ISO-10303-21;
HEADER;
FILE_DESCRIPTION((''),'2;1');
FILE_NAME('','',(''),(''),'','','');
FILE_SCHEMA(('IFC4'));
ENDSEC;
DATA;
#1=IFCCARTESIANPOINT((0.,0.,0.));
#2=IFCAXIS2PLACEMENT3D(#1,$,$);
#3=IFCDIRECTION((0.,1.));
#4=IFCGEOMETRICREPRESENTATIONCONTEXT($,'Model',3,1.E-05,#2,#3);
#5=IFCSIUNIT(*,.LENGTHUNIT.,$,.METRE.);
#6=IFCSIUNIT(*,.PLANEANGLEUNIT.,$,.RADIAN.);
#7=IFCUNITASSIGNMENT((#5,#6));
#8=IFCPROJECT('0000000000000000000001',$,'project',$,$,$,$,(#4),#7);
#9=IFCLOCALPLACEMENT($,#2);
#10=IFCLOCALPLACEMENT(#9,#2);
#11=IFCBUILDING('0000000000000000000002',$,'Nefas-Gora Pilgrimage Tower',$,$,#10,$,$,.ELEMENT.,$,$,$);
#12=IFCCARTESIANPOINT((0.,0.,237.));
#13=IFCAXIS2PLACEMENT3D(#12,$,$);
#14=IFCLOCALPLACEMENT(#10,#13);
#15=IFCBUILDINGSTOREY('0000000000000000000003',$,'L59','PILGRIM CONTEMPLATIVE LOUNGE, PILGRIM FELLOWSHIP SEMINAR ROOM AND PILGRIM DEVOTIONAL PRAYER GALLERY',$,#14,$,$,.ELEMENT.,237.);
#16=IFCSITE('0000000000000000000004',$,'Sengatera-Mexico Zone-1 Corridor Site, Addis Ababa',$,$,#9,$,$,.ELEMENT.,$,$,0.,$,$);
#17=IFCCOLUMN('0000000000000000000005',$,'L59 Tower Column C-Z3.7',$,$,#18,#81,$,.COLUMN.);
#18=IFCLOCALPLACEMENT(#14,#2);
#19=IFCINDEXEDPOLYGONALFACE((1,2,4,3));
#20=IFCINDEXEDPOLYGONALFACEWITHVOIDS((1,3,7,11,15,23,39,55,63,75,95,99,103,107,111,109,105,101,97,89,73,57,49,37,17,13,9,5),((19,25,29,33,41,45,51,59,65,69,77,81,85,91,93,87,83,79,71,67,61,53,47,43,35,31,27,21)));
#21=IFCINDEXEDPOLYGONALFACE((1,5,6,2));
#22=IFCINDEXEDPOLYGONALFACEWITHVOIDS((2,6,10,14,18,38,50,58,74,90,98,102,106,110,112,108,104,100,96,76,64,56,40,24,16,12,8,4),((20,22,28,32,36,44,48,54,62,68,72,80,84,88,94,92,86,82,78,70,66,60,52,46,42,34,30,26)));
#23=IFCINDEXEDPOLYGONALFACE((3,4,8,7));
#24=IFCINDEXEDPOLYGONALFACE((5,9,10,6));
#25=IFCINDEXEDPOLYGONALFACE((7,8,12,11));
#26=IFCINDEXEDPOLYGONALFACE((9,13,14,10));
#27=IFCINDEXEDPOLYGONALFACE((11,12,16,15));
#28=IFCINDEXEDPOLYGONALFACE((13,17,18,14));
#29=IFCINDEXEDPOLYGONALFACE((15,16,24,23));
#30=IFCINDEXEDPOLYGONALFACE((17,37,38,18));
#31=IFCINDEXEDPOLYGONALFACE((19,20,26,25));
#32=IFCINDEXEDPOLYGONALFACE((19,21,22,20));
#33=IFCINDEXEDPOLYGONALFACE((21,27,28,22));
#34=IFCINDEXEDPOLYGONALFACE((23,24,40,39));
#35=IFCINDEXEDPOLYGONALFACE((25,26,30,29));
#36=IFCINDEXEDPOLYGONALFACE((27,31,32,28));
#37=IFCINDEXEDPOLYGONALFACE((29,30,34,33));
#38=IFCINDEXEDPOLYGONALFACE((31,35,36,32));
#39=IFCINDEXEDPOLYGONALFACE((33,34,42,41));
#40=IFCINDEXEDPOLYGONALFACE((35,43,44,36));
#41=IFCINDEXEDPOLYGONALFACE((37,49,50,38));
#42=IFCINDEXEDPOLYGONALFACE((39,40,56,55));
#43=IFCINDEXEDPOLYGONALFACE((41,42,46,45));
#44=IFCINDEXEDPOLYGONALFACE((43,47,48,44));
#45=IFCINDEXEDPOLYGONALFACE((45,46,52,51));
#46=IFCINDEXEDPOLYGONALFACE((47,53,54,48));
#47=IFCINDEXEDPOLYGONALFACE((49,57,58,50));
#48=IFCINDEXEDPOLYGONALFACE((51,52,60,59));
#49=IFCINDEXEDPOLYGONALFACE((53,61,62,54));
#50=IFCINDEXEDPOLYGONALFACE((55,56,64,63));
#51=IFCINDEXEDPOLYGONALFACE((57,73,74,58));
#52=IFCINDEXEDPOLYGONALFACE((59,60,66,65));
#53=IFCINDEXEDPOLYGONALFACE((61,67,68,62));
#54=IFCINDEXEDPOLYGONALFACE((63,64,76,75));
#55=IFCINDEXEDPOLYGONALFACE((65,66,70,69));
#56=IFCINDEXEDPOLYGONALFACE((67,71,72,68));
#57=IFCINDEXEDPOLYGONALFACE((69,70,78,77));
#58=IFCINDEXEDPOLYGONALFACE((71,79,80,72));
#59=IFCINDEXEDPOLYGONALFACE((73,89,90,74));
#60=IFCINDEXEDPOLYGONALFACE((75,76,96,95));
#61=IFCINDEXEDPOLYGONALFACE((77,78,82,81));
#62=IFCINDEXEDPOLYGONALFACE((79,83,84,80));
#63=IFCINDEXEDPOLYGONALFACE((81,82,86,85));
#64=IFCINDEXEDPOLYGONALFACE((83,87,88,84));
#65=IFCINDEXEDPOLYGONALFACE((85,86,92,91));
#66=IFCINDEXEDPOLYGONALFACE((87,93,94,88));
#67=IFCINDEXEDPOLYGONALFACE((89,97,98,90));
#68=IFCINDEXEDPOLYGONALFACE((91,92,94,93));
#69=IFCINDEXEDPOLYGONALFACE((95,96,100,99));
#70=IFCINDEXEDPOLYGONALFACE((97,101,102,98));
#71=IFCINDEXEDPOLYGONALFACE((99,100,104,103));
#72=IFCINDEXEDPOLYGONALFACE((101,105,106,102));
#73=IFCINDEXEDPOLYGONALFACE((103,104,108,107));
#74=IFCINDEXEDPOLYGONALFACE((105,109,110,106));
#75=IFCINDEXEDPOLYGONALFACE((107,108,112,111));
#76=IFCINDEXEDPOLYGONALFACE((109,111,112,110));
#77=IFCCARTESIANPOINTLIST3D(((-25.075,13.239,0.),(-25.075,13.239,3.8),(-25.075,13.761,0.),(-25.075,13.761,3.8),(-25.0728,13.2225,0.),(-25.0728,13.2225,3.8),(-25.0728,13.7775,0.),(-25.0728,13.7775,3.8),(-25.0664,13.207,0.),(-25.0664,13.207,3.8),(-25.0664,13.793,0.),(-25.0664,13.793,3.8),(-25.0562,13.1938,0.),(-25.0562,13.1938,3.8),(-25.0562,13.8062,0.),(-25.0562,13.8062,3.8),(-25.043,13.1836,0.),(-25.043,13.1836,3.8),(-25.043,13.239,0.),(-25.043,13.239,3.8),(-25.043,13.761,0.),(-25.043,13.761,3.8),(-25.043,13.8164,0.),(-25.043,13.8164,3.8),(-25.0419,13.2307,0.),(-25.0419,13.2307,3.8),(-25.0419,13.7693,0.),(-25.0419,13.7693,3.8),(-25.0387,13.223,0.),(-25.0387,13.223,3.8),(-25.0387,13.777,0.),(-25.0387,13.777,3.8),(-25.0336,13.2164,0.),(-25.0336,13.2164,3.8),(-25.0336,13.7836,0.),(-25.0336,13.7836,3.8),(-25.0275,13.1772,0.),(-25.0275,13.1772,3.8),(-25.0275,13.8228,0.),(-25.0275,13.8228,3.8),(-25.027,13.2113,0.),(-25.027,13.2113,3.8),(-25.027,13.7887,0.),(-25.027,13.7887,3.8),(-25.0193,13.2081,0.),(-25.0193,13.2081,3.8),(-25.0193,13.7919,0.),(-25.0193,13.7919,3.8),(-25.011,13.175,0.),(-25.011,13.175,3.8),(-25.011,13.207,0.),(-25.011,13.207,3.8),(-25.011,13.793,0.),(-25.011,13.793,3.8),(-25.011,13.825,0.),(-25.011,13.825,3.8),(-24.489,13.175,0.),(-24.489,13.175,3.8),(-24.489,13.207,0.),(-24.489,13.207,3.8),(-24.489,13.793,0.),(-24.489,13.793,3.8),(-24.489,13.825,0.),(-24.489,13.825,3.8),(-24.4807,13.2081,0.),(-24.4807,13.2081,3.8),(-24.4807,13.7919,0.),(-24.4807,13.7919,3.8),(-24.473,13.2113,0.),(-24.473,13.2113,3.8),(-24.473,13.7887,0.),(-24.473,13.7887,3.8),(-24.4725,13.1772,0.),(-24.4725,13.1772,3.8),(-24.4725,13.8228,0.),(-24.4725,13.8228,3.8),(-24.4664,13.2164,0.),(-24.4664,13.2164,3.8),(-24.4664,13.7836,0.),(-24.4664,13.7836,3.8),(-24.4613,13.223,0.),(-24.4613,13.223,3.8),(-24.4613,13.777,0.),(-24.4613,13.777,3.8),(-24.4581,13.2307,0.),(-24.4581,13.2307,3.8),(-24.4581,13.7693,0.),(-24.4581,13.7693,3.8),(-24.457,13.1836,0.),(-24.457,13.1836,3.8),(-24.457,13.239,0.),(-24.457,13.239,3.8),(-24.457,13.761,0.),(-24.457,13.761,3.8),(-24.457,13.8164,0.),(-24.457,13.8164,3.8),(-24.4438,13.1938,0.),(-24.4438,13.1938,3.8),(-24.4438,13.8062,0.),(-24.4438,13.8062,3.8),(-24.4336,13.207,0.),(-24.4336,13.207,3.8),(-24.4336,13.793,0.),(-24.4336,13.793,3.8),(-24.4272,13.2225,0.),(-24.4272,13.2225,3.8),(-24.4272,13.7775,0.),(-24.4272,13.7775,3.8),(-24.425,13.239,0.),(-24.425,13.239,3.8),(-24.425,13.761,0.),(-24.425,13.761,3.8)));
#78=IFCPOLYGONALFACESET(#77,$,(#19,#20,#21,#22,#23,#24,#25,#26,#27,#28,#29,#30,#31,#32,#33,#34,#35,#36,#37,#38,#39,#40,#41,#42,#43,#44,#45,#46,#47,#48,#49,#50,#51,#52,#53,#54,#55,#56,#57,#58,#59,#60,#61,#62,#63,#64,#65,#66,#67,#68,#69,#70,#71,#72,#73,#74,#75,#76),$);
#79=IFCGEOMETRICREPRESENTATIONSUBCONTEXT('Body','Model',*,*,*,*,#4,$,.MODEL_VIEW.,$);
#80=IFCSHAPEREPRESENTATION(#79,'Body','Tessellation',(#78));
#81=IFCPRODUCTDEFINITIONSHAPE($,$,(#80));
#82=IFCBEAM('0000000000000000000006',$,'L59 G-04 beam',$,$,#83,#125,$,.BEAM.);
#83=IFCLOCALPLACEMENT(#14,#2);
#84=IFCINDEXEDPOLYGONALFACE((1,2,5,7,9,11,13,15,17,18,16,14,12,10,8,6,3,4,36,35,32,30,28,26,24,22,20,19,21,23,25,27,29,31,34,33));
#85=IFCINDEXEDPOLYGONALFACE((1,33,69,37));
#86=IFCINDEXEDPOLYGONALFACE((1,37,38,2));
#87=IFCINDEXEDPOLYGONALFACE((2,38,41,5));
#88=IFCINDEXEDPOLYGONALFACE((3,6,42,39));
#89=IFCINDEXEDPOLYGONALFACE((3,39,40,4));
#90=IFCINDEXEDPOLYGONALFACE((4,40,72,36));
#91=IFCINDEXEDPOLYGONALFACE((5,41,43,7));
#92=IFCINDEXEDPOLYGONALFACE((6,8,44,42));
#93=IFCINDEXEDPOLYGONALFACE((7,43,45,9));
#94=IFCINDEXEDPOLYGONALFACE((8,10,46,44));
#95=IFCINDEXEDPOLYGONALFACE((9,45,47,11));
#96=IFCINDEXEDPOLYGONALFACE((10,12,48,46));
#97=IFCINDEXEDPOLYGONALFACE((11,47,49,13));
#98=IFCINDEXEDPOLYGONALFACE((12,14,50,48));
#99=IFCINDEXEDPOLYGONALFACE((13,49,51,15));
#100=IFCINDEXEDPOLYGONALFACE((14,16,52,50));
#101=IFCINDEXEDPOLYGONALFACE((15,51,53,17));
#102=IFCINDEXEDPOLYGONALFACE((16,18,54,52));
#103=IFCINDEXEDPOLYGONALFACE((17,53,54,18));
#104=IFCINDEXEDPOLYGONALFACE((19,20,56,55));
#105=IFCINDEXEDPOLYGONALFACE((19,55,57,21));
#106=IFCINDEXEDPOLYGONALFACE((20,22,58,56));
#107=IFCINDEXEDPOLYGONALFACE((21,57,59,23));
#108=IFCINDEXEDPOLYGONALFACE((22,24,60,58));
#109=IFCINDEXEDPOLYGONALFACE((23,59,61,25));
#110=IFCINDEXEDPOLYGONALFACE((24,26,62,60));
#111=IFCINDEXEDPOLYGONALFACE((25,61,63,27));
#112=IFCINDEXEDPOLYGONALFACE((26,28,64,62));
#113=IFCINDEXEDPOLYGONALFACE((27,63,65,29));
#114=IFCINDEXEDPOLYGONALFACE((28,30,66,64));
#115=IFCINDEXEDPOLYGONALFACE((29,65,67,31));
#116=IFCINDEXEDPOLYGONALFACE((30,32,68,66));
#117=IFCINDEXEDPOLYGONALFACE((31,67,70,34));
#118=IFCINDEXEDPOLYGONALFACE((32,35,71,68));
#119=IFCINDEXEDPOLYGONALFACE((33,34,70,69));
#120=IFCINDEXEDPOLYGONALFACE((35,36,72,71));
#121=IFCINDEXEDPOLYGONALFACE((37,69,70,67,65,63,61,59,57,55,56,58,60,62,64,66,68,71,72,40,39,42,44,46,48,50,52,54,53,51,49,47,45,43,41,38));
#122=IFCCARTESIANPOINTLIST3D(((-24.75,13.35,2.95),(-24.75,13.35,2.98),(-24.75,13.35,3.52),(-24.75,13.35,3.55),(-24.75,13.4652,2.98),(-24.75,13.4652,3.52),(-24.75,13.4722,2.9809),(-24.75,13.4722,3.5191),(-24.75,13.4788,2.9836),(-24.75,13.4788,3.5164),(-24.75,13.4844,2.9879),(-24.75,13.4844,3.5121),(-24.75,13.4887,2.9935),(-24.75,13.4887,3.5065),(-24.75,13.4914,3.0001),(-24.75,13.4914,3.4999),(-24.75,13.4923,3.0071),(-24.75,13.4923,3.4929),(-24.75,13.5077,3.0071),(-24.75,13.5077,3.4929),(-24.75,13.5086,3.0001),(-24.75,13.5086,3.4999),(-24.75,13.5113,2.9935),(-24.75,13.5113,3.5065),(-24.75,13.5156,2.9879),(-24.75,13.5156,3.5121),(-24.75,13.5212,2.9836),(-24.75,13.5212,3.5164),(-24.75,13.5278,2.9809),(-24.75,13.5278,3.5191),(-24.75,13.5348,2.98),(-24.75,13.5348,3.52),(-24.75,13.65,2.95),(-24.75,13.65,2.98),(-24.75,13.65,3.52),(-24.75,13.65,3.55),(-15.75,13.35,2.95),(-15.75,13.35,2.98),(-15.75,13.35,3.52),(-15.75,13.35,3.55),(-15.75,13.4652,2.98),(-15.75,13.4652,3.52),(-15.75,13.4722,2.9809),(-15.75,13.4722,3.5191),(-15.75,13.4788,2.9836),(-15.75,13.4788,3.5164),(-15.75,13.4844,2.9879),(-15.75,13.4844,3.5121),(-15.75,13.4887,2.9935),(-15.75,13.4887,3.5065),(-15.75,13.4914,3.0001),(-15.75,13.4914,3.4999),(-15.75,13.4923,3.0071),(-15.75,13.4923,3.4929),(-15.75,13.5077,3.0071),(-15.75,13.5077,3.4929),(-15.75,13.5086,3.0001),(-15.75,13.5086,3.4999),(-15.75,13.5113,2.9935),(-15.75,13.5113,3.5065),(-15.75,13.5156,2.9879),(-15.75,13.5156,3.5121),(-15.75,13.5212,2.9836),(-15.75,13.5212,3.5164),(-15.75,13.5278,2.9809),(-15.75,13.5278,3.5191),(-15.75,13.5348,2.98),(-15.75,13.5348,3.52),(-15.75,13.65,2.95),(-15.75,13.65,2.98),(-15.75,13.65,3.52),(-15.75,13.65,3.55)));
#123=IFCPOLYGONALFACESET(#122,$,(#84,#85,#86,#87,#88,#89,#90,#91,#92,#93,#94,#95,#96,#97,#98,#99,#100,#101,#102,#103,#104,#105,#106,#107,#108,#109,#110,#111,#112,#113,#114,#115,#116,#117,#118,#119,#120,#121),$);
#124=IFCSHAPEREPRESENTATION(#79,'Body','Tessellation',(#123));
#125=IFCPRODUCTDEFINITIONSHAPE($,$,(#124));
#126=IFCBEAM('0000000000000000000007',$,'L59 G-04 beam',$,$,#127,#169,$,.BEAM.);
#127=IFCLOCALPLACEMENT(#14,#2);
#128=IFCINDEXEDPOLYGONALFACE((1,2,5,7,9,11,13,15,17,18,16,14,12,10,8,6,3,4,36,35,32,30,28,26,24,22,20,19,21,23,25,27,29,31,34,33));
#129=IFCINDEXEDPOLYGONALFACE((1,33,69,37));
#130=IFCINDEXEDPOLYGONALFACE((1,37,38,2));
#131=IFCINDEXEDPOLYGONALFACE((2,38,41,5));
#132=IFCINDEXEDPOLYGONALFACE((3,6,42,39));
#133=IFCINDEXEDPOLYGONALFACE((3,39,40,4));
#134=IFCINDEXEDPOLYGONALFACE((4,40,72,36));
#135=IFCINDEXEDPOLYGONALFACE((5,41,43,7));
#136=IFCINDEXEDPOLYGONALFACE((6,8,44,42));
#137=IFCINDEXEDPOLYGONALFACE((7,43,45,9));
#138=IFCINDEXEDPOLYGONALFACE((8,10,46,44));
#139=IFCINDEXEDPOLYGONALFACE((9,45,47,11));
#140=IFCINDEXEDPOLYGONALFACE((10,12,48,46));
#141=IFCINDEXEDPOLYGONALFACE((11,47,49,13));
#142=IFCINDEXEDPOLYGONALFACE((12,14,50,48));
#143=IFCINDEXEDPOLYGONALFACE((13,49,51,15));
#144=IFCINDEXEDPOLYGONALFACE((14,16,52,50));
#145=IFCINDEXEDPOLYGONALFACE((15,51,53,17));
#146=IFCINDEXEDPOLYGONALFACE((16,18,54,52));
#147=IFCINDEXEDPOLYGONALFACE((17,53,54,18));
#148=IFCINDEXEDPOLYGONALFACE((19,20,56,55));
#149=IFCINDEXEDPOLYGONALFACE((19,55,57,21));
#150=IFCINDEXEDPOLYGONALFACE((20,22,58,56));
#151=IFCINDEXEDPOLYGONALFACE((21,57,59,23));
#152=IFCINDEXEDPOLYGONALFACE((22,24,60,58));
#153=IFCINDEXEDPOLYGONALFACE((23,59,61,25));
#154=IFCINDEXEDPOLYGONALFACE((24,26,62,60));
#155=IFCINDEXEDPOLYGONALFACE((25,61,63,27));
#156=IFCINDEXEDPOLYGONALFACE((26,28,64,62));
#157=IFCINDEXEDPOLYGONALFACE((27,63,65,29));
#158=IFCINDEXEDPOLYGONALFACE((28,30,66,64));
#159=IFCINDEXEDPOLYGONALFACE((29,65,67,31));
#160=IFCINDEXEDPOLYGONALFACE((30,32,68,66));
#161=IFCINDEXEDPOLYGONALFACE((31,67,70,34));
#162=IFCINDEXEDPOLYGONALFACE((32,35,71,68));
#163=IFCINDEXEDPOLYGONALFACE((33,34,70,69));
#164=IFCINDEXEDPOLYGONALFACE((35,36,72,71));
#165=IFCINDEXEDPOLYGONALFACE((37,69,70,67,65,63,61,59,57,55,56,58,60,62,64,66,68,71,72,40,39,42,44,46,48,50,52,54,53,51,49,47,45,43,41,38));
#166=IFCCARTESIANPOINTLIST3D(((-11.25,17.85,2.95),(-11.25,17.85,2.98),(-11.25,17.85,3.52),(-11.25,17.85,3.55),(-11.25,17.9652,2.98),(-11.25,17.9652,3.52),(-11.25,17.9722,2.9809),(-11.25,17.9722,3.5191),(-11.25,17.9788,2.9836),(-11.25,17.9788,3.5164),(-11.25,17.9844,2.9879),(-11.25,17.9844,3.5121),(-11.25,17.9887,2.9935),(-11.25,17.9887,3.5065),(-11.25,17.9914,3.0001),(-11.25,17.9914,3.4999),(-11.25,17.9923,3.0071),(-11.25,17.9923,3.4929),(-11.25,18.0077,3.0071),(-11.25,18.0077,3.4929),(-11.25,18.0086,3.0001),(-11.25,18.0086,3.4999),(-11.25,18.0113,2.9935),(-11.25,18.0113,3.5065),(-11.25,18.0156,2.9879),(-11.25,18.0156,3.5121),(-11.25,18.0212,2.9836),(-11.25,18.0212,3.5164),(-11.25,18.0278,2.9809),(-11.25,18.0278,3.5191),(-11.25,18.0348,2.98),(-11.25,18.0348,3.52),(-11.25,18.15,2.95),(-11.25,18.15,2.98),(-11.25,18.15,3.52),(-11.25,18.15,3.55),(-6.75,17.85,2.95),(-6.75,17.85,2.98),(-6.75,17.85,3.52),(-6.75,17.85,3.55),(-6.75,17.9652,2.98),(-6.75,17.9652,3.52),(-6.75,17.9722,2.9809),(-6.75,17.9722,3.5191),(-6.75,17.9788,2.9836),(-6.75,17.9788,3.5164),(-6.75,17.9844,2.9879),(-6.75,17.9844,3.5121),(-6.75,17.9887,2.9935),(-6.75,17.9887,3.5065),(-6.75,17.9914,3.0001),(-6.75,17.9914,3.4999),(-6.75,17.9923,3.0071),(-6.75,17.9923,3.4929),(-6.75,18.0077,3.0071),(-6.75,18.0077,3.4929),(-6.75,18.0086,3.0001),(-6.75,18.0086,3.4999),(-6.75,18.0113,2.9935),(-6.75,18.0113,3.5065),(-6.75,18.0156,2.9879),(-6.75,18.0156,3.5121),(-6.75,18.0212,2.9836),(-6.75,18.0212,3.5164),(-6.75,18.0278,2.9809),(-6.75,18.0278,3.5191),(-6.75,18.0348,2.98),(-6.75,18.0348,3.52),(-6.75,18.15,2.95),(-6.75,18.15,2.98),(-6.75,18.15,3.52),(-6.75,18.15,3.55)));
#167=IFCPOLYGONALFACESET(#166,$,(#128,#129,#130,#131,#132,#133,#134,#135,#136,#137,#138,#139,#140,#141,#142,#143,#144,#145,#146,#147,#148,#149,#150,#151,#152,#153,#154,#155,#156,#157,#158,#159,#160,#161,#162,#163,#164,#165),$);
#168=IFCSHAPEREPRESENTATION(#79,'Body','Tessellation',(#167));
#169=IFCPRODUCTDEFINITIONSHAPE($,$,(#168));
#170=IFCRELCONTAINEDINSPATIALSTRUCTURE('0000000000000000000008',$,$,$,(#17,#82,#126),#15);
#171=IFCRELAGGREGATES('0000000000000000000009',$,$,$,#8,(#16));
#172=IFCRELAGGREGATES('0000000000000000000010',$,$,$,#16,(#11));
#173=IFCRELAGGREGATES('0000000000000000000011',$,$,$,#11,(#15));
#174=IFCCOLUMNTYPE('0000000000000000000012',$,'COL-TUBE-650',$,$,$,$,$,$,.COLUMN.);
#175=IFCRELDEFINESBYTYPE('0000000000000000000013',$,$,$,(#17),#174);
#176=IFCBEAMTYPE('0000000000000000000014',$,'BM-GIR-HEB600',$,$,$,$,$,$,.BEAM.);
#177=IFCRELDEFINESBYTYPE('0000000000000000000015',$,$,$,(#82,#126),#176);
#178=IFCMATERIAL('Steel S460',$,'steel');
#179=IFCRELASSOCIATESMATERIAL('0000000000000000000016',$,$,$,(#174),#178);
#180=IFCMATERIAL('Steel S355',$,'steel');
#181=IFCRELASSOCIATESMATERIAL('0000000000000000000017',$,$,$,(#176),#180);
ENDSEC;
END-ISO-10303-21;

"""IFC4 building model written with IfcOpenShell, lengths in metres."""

from ifc_helpers import new_model, si_unit, direction, frame, origin, origin_2d, place, context, subcontext, project, spatial, hollow_rectangle, i_section, extrude, source, transform, mapped, material, material_profile, profile_set, type_object, element, save


model = new_model("IFC4")

# Units and contexts
model_context = context("Model", 3, precision=1e-05, world=origin(), true_north=direction((0.0, 1.0)))
body_context = subcontext(model_context, "Body", "Model", "MODEL_VIEW")
ifc_project = project(units=[si_unit("LENGTHUNIT", "METRE"), si_unit("PLANEANGLEUNIT", "RADIAN")], contexts=[model_context])

# Site, building, storey
site_placement = place(None, origin())
site = spatial("IfcSite", under=ifc_project, at=site_placement, Name="Sengatera-Mexico Zone-1 Corridor Site, Addis Ababa", CompositionType="ELEMENT", RefElevation=0.0)
building_placement = place(site_placement, origin())
building = spatial("IfcBuilding", under=site, at=building_placement, Name="Nefas-Gora Pilgrimage Tower", CompositionType="ELEMENT")
storey_placement = place(building_placement, frame((0.0, 0.0, 237.0)))
storey = spatial("IfcBuildingStorey", under=building, at=storey_placement, Name="L59", Description="PILGRIM CONTEMPLATIVE LOUNGE, PILGRIM FELLOWSHIP SEMINAR ROOM AND PILGRIM DEVOTIONAL PRAYER GALLERY", CompositionType="ELEMENT", Elevation=237.0)

# Column
ifc_material_1 = material(Name="Steel S460", Category="steel")
ifc_material_profile_1 = material_profile(ifc_material_1, hollow_rectangle(XDim=0.6499, YDim=0.6499, WallThickness=0.032, InnerFilletRadius=0.032, OuterFilletRadius=0.064, at=origin_2d()), Name="BOX 650x650x32")
ifc_profile_set_1 = profile_set([ifc_material_profile_1], Name="Steel S460")
column_type_1 = type_object("IfcColumnType", Name="COL-TUBE-650", PredefinedType="COLUMN", material=ifc_profile_set_1)
shared_shape_1 = source(origin(), body_context, "Body", "SweptSolid", [
    extrude(hollow_rectangle(XDim=0.6499, YDim=0.6499, WallThickness=0.032, InnerFilletRadius=0.032, OuterFilletRadius=0.064, at=origin_2d()), origin(), (0.0, 0.0, 1.0), 3.8),
])
column_placement = place(storey_placement, frame((-24.75, 13.5, 0.0), z_axis=(0.0, 0.0, 1.0), x_axis=(1.0, 0.0, 0.0)))
element("IfcColumn", 1, at=column_placement, inside=storey, type_object=column_type_1, Name="L59 Tower Column C-Z3.7", PredefinedType="COLUMN", context=body_context, shape_type="MappedRepresentation", body=[
    mapped(shared_shape_1, transform((0.0, 0.0, 0.0), x_axis=(1.0, 0.0, 0.0), y_axis=(0.0, 1.0, 0.0), z_axis=(0.0, 0.0, 1.0), scale=1.0)),
])

# Beams
ifc_material_2 = material(Name="Steel S355", Category="steel")
ifc_material_profile_2 = material_profile(ifc_material_2, i_section(OverallWidth=0.3, OverallDepth=0.6001, WebThickness=0.0154, FlangeThickness=0.03, FilletRadius=0.0271, at=origin_2d()), Name="HEB 600")
ifc_profile_set_2 = profile_set([ifc_material_profile_2], Name="Steel S355")
beam_type = type_object("IfcBeamType", Name="BM-GIR-HEB600", PredefinedType="BEAM", material=ifc_profile_set_2)
shared_shape_2 = source(origin(), body_context, "Body", "SweptSolid", [
    extrude(i_section(OverallWidth=0.3, OverallDepth=0.6001, WebThickness=0.0154, FlangeThickness=0.03, FilletRadius=0.0271, at=origin_2d()), origin(), (0.0, 0.0, 1.0), 9.0),
])
beam_1_placement = place(storey_placement, frame((-24.75, 13.5, 3.25), z_axis=(1.0, 0.0, 0.0), x_axis=(0.0, 1.0, 0.0)))
element("IfcBeam", 2, at=beam_1_placement, inside=storey, type_object=beam_type, Name="L59 G-04 beam", PredefinedType="BEAM", context=body_context, shape_type="MappedRepresentation", body=[
    mapped(shared_shape_2, transform((0.0, 0.0, 0.0), x_axis=(1.0, 0.0, 0.0), y_axis=(0.0, 1.0, 0.0), z_axis=(0.0, 0.0, 1.0), scale=1.0)),
])
shared_shape_3 = source(origin(), body_context, "Body", "SweptSolid", [
    extrude(i_section(OverallWidth=0.3, OverallDepth=0.6001, WebThickness=0.0154, FlangeThickness=0.03, FilletRadius=0.0271, at=origin_2d()), origin(), (0.0, 0.0, 1.0), 4.5),
])
beam_2_placement = place(storey_placement, frame((-11.25, 18.0, 3.25), z_axis=(1.0, 0.0, 0.0), x_axis=(0.0, 1.0, 0.0)))
element("IfcBeam", 3, at=beam_2_placement, inside=storey, type_object=beam_type, Name="L59 G-04 beam", PredefinedType="BEAM", context=body_context, shape_type="MappedRepresentation", body=[
    mapped(shared_shape_3, transform((0.0, 0.0, 0.0), x_axis=(1.0, 0.0, 0.0), y_axis=(0.0, 1.0, 0.0), z_axis=(0.0, 0.0, 1.0), scale=1.0)),
])

save(model, "model.ifc")
